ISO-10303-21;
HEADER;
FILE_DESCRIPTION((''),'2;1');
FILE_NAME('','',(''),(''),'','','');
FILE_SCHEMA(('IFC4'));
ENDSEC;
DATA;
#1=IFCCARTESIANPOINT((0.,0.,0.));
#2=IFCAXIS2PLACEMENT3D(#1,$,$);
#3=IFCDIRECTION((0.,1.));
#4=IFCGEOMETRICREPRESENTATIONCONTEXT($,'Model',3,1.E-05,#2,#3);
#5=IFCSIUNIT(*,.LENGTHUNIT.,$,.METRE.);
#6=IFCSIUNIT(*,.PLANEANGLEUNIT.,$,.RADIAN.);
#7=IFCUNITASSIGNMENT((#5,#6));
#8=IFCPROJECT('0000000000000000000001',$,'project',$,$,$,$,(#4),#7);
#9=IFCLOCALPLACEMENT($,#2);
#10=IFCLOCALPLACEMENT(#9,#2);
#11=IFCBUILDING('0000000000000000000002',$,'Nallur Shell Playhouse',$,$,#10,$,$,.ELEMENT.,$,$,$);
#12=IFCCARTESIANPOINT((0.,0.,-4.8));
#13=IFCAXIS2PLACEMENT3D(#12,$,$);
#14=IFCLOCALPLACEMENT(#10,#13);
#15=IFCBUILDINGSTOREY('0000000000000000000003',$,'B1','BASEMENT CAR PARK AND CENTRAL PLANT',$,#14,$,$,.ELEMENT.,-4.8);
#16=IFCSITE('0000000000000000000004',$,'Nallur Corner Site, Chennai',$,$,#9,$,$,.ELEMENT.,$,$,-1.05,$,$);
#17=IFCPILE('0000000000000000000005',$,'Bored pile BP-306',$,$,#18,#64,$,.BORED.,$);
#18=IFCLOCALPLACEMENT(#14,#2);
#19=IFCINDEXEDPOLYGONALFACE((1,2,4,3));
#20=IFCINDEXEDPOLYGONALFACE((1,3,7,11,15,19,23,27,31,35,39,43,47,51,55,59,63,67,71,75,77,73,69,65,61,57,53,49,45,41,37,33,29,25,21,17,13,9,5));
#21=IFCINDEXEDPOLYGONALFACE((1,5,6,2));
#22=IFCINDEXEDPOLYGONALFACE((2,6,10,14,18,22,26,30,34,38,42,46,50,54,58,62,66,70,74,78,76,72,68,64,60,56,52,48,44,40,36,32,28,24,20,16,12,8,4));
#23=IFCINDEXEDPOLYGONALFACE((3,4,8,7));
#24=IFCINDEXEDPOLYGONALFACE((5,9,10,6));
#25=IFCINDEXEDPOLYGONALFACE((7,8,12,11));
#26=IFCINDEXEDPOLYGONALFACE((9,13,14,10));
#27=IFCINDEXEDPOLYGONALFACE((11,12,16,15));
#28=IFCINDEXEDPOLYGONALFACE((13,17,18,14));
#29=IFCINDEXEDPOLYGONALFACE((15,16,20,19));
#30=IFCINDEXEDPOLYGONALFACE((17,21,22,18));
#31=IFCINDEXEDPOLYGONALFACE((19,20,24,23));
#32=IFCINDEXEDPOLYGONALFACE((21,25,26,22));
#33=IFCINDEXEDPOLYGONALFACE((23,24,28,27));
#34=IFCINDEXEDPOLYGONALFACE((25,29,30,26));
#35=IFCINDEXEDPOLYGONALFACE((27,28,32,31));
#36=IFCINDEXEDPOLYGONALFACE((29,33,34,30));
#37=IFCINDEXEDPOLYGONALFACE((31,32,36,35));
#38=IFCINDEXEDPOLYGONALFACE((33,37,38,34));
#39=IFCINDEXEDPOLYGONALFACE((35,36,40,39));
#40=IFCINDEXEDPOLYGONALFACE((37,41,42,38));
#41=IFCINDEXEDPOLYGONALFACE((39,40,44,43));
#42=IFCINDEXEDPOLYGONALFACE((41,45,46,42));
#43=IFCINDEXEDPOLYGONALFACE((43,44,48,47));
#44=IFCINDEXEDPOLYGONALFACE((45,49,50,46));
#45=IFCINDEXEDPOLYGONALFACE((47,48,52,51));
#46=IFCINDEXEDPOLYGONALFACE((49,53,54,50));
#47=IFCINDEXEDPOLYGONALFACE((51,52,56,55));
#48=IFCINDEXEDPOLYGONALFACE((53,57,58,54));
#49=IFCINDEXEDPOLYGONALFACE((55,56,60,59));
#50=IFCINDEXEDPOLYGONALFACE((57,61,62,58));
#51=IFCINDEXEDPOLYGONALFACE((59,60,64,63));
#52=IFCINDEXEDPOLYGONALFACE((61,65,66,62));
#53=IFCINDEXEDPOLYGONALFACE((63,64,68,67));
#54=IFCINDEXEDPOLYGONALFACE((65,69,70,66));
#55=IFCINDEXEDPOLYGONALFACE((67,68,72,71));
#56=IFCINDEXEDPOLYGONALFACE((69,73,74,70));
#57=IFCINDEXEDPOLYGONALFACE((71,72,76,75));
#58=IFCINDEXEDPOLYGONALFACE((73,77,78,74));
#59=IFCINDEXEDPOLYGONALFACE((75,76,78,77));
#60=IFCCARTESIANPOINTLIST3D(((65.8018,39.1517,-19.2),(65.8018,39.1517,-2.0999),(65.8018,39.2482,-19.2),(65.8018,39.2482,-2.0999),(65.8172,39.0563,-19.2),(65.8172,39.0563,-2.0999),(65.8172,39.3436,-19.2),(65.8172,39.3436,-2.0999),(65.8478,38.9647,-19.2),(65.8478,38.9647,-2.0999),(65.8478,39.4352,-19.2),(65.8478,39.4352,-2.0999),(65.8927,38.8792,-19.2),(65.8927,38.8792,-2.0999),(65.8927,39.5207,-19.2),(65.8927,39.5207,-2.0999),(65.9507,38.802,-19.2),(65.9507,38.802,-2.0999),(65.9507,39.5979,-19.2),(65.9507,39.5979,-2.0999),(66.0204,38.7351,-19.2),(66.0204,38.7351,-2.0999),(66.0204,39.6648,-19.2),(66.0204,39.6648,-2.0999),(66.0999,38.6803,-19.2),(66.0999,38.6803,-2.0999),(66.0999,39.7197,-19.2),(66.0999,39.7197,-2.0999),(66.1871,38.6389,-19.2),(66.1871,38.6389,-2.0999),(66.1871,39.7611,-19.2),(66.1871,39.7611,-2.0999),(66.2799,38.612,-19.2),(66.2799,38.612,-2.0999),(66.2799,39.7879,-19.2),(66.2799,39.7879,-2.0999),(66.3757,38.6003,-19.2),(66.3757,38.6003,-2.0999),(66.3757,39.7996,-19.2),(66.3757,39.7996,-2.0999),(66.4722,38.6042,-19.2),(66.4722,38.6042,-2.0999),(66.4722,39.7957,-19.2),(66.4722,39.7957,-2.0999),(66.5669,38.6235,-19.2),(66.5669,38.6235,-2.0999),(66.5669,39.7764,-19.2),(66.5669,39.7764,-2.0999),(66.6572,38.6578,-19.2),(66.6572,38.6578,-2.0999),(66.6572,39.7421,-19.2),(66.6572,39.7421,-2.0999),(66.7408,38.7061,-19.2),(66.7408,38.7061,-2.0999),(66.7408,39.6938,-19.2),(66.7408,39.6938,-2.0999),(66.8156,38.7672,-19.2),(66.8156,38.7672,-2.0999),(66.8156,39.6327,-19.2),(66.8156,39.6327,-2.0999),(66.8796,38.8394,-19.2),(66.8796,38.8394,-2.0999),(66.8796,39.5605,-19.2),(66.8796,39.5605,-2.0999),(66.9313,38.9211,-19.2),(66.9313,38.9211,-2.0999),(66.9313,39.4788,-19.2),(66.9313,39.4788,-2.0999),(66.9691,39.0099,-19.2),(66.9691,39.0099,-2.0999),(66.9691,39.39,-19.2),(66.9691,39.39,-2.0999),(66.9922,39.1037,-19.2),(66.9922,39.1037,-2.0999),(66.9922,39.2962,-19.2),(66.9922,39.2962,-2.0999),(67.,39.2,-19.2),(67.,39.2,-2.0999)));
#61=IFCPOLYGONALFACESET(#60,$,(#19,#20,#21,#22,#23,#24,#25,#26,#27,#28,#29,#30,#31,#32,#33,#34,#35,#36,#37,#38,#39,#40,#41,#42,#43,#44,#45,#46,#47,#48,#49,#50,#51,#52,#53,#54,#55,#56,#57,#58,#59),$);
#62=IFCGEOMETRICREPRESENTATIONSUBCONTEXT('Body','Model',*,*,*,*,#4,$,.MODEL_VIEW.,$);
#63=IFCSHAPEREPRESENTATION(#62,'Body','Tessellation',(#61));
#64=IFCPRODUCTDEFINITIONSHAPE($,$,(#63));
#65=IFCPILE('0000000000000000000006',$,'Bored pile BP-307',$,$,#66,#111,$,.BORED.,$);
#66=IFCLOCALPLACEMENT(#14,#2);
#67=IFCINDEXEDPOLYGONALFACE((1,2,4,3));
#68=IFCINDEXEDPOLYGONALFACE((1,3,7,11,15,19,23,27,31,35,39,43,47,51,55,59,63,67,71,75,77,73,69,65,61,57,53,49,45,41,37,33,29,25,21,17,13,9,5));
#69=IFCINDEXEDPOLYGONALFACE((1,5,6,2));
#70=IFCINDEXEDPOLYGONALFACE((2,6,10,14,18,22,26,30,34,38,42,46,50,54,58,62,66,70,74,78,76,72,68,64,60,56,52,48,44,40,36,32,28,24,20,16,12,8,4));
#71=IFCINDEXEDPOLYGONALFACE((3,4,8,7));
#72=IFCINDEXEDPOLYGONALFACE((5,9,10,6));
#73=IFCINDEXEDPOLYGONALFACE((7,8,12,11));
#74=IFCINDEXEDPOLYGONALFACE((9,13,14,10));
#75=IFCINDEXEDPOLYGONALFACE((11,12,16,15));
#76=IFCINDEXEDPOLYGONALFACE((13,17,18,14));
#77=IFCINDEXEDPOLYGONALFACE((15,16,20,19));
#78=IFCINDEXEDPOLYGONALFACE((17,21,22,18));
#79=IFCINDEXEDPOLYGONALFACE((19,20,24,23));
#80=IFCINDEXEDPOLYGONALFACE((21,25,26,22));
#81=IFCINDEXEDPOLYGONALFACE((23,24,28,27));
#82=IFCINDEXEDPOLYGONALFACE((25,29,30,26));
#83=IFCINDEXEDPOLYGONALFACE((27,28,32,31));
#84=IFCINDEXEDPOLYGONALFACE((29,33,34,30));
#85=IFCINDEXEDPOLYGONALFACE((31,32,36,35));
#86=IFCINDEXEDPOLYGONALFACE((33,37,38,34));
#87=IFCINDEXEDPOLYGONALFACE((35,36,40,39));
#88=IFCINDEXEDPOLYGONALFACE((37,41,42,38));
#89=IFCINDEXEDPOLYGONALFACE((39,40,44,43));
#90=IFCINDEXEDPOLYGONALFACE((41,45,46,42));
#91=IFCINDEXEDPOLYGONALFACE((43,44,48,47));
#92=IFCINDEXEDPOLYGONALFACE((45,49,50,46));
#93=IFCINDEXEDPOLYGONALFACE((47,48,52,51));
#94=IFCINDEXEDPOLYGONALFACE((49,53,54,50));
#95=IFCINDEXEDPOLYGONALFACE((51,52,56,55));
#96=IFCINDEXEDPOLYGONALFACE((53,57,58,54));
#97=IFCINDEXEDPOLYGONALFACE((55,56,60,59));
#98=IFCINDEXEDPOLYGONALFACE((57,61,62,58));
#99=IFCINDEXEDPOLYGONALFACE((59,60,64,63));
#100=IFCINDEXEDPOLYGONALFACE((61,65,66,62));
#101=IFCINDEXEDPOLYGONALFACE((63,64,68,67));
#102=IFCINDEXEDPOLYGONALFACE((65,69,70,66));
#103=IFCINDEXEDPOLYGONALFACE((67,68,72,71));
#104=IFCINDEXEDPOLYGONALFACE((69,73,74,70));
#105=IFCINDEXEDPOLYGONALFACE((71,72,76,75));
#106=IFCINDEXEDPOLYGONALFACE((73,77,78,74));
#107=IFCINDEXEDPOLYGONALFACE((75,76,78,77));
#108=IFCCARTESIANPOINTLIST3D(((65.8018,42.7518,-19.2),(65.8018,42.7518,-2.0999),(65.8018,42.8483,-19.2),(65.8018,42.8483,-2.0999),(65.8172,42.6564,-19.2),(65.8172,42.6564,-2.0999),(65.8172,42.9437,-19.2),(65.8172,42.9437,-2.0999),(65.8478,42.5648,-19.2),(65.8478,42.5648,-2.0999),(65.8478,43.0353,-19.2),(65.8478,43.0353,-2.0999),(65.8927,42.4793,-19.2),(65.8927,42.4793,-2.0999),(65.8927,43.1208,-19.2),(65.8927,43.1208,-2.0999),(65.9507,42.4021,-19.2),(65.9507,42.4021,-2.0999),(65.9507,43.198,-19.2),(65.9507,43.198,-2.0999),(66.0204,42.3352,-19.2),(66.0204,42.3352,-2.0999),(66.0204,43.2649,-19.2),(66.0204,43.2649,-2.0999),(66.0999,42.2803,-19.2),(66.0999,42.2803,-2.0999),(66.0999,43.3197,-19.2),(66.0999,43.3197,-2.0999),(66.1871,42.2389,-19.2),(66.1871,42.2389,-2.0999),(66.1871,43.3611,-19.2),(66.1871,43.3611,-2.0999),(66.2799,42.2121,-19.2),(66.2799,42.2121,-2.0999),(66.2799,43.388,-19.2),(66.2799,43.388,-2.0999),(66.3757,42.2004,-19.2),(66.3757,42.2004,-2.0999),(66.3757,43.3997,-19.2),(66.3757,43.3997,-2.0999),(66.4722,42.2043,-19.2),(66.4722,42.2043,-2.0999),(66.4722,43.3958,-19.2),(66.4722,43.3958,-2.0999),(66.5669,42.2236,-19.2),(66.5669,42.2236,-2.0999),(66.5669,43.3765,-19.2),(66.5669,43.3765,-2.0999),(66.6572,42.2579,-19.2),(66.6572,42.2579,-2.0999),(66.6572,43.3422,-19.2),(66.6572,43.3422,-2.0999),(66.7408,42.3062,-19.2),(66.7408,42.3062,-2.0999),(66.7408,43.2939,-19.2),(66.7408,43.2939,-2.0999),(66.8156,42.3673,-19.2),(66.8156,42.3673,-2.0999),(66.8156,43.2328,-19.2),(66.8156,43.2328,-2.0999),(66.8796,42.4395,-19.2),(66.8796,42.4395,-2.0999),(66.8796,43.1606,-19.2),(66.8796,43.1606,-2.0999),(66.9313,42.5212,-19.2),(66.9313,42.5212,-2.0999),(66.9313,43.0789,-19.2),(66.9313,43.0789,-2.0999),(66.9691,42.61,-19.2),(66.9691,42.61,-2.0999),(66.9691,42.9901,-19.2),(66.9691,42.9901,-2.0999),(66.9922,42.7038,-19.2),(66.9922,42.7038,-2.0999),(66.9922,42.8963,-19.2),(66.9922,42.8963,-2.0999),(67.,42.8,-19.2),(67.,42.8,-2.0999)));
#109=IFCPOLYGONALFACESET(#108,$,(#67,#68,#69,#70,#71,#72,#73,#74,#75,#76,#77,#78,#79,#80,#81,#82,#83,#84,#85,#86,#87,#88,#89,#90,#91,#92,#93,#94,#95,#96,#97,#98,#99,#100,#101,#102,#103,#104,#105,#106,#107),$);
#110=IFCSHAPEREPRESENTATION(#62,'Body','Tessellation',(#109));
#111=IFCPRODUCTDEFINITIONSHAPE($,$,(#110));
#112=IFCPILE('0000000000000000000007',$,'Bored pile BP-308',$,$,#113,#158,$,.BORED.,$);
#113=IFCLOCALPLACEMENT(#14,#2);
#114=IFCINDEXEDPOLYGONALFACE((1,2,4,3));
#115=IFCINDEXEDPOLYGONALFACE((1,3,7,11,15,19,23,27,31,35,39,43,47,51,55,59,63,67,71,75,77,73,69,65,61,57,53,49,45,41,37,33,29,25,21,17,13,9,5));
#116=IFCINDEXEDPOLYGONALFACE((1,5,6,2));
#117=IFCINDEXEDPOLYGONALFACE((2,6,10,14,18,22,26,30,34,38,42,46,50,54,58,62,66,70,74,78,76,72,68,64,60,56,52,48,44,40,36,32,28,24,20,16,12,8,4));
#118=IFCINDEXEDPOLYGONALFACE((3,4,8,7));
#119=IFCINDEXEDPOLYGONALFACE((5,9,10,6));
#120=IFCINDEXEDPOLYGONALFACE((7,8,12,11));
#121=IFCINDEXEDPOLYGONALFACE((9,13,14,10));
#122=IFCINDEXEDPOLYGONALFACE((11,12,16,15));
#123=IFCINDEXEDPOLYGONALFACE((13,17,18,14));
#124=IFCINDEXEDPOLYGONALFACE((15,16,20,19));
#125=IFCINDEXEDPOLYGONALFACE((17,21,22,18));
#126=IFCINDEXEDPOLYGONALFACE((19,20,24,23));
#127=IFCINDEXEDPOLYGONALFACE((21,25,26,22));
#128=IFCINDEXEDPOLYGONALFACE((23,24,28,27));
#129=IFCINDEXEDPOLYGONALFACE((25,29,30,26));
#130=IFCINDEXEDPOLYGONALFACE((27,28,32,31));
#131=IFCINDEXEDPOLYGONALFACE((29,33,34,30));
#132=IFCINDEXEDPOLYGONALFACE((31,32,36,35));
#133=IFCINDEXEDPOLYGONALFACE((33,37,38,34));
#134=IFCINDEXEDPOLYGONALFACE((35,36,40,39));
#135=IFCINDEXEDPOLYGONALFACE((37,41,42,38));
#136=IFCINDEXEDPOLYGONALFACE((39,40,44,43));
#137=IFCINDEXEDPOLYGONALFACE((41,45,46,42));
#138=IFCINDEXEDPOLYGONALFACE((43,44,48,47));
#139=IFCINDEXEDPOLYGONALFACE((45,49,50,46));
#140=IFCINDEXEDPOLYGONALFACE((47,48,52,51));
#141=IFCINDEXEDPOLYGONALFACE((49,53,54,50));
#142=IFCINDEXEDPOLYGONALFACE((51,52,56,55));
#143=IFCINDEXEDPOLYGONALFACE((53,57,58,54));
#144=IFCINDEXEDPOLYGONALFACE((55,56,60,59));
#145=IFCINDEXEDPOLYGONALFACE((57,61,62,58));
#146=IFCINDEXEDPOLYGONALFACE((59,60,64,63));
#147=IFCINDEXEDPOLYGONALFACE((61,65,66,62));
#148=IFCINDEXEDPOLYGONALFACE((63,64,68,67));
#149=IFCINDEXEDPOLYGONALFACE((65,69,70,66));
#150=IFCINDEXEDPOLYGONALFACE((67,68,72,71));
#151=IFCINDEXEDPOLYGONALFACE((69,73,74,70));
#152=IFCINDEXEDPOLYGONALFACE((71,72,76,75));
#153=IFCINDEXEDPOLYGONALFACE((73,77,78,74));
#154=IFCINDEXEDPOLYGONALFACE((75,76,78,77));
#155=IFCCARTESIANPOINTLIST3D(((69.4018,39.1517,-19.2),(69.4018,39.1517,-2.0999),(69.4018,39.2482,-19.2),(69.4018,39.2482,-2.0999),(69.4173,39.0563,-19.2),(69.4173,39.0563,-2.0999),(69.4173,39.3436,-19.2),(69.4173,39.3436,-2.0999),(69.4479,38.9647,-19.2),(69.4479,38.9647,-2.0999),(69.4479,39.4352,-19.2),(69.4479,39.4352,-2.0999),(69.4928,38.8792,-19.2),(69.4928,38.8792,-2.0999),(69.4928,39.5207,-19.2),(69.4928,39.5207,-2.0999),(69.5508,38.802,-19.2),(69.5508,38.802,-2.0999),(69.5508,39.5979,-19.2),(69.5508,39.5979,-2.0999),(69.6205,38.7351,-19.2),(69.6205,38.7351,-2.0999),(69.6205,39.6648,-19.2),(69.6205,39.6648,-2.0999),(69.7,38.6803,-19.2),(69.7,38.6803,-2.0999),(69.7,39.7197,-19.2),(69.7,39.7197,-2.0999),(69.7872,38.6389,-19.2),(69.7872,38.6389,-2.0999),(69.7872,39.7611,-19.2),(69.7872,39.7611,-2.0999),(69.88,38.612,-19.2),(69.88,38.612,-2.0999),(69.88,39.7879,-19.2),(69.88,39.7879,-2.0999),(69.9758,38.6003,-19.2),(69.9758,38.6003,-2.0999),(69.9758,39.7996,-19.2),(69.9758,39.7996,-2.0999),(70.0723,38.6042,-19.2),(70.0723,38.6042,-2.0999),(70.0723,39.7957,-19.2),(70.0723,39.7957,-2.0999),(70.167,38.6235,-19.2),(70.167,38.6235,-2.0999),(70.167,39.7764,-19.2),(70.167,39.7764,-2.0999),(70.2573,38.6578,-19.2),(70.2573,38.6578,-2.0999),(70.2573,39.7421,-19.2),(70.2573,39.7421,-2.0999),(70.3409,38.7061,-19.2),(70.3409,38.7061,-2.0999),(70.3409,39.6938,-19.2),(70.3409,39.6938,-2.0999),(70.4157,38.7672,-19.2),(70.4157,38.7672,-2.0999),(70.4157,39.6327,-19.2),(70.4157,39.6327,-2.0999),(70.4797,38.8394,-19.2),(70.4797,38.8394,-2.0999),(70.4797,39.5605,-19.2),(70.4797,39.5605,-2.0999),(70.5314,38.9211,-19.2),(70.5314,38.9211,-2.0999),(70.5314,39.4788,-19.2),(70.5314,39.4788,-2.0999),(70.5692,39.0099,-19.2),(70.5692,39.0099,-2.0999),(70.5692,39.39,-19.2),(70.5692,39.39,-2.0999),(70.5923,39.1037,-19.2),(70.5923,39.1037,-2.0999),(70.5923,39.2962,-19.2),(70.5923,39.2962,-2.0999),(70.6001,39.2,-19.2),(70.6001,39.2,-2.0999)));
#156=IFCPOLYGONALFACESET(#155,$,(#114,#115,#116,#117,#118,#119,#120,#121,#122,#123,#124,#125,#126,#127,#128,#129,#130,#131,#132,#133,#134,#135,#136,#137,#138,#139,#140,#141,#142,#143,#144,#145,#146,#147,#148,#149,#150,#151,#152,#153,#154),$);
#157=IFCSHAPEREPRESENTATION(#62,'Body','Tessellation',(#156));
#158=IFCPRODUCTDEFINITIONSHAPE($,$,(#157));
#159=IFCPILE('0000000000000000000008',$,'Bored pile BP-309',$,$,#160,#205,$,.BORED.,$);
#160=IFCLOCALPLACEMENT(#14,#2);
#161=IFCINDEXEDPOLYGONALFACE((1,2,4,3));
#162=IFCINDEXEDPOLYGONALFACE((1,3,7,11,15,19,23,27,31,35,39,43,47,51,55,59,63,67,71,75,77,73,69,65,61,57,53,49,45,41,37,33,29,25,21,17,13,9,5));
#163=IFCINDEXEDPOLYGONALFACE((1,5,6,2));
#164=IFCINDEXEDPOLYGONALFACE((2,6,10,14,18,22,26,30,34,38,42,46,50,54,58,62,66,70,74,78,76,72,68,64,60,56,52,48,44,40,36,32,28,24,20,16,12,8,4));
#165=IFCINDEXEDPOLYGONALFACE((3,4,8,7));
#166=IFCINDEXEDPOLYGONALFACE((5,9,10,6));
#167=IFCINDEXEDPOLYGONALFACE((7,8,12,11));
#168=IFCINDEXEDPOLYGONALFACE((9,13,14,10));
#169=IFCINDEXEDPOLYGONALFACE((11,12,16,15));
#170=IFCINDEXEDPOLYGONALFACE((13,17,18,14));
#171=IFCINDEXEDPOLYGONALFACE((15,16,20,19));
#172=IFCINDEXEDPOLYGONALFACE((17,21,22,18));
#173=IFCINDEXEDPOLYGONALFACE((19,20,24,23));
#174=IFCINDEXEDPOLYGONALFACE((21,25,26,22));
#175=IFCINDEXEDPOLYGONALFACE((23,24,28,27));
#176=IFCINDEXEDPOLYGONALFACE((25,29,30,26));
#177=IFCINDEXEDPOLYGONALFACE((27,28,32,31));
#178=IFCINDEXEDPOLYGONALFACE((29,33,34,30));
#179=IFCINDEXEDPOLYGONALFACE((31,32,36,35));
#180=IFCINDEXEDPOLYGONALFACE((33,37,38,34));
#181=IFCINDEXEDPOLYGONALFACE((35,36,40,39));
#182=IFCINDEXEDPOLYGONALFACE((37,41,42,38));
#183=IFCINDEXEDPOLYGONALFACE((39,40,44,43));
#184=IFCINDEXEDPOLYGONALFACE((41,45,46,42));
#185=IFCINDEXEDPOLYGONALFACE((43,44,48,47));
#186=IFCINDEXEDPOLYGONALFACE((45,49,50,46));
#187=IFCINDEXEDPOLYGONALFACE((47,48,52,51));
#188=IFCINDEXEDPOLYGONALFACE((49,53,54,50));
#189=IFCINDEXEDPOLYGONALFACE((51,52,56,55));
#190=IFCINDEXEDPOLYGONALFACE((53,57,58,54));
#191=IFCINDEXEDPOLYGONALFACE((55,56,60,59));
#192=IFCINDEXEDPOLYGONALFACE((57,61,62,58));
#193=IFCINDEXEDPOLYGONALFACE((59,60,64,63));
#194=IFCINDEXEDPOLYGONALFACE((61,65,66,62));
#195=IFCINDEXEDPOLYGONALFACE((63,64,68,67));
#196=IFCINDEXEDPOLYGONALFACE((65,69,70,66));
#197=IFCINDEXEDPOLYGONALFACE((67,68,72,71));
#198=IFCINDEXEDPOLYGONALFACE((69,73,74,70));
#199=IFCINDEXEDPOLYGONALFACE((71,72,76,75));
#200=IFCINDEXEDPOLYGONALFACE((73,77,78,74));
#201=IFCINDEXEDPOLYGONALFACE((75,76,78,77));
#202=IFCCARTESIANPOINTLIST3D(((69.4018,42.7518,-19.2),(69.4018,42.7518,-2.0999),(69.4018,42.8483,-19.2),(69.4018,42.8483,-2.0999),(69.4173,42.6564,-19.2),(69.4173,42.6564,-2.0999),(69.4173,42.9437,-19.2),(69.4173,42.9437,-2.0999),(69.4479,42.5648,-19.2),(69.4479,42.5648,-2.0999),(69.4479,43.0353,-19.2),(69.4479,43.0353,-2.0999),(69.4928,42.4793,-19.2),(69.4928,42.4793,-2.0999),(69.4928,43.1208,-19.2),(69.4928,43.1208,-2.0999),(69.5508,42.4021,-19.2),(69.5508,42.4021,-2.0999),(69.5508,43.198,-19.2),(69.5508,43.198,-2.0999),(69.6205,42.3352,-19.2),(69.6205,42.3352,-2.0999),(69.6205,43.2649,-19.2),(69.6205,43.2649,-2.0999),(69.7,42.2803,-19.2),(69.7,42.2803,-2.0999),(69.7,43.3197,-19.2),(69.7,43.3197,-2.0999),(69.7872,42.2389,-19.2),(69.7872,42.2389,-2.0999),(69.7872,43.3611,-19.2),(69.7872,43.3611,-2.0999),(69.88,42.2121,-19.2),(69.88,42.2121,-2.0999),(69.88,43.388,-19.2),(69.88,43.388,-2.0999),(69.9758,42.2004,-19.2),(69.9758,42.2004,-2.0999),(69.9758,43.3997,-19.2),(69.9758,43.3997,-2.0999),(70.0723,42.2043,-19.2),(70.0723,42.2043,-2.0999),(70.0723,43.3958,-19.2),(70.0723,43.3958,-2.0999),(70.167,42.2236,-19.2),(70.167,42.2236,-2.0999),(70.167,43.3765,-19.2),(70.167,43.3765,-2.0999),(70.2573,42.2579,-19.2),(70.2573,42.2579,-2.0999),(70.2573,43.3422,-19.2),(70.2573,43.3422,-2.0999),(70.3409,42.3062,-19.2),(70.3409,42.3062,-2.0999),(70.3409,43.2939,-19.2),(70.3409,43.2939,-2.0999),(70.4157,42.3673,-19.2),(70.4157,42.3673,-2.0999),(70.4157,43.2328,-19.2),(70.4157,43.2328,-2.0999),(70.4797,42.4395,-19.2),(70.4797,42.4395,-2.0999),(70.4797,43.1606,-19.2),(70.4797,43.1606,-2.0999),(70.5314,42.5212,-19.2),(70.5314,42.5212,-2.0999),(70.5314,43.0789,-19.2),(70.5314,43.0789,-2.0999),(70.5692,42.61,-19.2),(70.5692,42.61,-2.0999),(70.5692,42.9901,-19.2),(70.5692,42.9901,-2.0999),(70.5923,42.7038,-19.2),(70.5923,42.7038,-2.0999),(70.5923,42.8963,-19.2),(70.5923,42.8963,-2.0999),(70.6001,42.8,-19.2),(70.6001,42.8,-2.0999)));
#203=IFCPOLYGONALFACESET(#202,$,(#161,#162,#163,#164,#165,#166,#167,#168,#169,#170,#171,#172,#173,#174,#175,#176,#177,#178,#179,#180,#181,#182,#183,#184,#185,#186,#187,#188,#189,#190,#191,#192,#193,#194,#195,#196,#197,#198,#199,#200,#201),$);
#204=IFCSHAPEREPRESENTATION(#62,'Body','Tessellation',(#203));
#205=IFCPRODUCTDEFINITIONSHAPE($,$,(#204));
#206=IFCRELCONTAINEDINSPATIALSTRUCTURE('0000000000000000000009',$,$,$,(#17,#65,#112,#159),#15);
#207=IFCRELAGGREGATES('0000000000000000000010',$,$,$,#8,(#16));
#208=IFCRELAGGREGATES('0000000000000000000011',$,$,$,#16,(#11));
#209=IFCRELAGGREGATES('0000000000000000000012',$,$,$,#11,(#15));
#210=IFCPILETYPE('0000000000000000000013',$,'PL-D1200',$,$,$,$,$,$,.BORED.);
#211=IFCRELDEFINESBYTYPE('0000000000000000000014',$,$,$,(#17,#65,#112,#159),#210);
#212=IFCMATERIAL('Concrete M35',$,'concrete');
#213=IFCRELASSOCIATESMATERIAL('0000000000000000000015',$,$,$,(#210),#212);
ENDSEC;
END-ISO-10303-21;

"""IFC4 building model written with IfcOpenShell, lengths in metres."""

from ifc_helpers import new_model, si_unit, direction, frame, origin, origin_2d, place, context, subcontext, project, spatial, circle, extrude, material, material_profile, profile_set, type_object, element, save


model = new_model("IFC4")

# Units and contexts
model_context = context("Model", 3, precision=1e-05, world=origin(), true_north=direction((0.0, 1.0)))
body_context = subcontext(model_context, "Body", "Model", "MODEL_VIEW")
ifc_project = project(units=[si_unit("LENGTHUNIT", "METRE"), si_unit("PLANEANGLEUNIT", "RADIAN")], contexts=[model_context])

# Site, building, storey
site_placement = place(None, origin())
site = spatial("IfcSite", under=ifc_project, at=site_placement, Name="Nallur Corner Site, Chennai", CompositionType="ELEMENT", RefElevation=-1.05)
building_placement = place(site_placement, origin())
building = spatial("IfcBuilding", under=site, at=building_placement, Name="Nallur Shell Playhouse", CompositionType="ELEMENT")
storey_placement = place(building_placement, frame((0.0, 0.0, -4.8)))
storey = spatial("IfcBuildingStorey", under=building, at=storey_placement, Name="B1", Description="BASEMENT CAR PARK AND CENTRAL PLANT", CompositionType="ELEMENT", Elevation=-4.8)

# Shared definitions
ifc_material_1 = material(Name="Concrete M35", Category="concrete")

# Piles
ifc_material_profile_1 = material_profile(ifc_material_1, circle(Radius=0.6001, at=origin_2d()), Name="BORED PILE D1200")
ifc_profile_set_1 = profile_set([ifc_material_profile_1], Name="Concrete M35")
pile_type_1 = type_object("IfcPileType", Name="PL-D1200", PredefinedType="BORED", material=ifc_profile_set_1)
for number, where, z_axis, x_axis, name in (
    (1, (66.3999, 39.2, -2.0999), (0.0, 0.0, -1.0), (1.0, 0.0, 0.0), "Bored pile BP-306"),
    (2, (66.3999, 42.8, -2.0999), (0.0, 0.0, -1.0), (1.0, 0.0, 0.0), "Bored pile BP-307"),
    (3, (70.0, 39.2, -2.0999), (0.0, 0.0, -1.0), (1.0, 0.0, 0.0), "Bored pile BP-308"),
    (4, (70.0, 42.8, -2.0999), (0.0, 0.0, -1.0), (1.0, 0.0, 0.0), "Bored pile BP-309"),
):
    element("IfcPile", number, at=place(storey_placement, frame(where, z_axis=z_axis, x_axis=x_axis)), inside=storey, type_object=pile_type_1, Name=name, PredefinedType="BORED", context=body_context, shape_type="SweptSolid", body=[
        extrude(circle(Radius=0.6001, at=origin_2d()), origin(), (0.0, 0.0, 1.0), 17.1001),
    ])

save(model, "model.ifc")
